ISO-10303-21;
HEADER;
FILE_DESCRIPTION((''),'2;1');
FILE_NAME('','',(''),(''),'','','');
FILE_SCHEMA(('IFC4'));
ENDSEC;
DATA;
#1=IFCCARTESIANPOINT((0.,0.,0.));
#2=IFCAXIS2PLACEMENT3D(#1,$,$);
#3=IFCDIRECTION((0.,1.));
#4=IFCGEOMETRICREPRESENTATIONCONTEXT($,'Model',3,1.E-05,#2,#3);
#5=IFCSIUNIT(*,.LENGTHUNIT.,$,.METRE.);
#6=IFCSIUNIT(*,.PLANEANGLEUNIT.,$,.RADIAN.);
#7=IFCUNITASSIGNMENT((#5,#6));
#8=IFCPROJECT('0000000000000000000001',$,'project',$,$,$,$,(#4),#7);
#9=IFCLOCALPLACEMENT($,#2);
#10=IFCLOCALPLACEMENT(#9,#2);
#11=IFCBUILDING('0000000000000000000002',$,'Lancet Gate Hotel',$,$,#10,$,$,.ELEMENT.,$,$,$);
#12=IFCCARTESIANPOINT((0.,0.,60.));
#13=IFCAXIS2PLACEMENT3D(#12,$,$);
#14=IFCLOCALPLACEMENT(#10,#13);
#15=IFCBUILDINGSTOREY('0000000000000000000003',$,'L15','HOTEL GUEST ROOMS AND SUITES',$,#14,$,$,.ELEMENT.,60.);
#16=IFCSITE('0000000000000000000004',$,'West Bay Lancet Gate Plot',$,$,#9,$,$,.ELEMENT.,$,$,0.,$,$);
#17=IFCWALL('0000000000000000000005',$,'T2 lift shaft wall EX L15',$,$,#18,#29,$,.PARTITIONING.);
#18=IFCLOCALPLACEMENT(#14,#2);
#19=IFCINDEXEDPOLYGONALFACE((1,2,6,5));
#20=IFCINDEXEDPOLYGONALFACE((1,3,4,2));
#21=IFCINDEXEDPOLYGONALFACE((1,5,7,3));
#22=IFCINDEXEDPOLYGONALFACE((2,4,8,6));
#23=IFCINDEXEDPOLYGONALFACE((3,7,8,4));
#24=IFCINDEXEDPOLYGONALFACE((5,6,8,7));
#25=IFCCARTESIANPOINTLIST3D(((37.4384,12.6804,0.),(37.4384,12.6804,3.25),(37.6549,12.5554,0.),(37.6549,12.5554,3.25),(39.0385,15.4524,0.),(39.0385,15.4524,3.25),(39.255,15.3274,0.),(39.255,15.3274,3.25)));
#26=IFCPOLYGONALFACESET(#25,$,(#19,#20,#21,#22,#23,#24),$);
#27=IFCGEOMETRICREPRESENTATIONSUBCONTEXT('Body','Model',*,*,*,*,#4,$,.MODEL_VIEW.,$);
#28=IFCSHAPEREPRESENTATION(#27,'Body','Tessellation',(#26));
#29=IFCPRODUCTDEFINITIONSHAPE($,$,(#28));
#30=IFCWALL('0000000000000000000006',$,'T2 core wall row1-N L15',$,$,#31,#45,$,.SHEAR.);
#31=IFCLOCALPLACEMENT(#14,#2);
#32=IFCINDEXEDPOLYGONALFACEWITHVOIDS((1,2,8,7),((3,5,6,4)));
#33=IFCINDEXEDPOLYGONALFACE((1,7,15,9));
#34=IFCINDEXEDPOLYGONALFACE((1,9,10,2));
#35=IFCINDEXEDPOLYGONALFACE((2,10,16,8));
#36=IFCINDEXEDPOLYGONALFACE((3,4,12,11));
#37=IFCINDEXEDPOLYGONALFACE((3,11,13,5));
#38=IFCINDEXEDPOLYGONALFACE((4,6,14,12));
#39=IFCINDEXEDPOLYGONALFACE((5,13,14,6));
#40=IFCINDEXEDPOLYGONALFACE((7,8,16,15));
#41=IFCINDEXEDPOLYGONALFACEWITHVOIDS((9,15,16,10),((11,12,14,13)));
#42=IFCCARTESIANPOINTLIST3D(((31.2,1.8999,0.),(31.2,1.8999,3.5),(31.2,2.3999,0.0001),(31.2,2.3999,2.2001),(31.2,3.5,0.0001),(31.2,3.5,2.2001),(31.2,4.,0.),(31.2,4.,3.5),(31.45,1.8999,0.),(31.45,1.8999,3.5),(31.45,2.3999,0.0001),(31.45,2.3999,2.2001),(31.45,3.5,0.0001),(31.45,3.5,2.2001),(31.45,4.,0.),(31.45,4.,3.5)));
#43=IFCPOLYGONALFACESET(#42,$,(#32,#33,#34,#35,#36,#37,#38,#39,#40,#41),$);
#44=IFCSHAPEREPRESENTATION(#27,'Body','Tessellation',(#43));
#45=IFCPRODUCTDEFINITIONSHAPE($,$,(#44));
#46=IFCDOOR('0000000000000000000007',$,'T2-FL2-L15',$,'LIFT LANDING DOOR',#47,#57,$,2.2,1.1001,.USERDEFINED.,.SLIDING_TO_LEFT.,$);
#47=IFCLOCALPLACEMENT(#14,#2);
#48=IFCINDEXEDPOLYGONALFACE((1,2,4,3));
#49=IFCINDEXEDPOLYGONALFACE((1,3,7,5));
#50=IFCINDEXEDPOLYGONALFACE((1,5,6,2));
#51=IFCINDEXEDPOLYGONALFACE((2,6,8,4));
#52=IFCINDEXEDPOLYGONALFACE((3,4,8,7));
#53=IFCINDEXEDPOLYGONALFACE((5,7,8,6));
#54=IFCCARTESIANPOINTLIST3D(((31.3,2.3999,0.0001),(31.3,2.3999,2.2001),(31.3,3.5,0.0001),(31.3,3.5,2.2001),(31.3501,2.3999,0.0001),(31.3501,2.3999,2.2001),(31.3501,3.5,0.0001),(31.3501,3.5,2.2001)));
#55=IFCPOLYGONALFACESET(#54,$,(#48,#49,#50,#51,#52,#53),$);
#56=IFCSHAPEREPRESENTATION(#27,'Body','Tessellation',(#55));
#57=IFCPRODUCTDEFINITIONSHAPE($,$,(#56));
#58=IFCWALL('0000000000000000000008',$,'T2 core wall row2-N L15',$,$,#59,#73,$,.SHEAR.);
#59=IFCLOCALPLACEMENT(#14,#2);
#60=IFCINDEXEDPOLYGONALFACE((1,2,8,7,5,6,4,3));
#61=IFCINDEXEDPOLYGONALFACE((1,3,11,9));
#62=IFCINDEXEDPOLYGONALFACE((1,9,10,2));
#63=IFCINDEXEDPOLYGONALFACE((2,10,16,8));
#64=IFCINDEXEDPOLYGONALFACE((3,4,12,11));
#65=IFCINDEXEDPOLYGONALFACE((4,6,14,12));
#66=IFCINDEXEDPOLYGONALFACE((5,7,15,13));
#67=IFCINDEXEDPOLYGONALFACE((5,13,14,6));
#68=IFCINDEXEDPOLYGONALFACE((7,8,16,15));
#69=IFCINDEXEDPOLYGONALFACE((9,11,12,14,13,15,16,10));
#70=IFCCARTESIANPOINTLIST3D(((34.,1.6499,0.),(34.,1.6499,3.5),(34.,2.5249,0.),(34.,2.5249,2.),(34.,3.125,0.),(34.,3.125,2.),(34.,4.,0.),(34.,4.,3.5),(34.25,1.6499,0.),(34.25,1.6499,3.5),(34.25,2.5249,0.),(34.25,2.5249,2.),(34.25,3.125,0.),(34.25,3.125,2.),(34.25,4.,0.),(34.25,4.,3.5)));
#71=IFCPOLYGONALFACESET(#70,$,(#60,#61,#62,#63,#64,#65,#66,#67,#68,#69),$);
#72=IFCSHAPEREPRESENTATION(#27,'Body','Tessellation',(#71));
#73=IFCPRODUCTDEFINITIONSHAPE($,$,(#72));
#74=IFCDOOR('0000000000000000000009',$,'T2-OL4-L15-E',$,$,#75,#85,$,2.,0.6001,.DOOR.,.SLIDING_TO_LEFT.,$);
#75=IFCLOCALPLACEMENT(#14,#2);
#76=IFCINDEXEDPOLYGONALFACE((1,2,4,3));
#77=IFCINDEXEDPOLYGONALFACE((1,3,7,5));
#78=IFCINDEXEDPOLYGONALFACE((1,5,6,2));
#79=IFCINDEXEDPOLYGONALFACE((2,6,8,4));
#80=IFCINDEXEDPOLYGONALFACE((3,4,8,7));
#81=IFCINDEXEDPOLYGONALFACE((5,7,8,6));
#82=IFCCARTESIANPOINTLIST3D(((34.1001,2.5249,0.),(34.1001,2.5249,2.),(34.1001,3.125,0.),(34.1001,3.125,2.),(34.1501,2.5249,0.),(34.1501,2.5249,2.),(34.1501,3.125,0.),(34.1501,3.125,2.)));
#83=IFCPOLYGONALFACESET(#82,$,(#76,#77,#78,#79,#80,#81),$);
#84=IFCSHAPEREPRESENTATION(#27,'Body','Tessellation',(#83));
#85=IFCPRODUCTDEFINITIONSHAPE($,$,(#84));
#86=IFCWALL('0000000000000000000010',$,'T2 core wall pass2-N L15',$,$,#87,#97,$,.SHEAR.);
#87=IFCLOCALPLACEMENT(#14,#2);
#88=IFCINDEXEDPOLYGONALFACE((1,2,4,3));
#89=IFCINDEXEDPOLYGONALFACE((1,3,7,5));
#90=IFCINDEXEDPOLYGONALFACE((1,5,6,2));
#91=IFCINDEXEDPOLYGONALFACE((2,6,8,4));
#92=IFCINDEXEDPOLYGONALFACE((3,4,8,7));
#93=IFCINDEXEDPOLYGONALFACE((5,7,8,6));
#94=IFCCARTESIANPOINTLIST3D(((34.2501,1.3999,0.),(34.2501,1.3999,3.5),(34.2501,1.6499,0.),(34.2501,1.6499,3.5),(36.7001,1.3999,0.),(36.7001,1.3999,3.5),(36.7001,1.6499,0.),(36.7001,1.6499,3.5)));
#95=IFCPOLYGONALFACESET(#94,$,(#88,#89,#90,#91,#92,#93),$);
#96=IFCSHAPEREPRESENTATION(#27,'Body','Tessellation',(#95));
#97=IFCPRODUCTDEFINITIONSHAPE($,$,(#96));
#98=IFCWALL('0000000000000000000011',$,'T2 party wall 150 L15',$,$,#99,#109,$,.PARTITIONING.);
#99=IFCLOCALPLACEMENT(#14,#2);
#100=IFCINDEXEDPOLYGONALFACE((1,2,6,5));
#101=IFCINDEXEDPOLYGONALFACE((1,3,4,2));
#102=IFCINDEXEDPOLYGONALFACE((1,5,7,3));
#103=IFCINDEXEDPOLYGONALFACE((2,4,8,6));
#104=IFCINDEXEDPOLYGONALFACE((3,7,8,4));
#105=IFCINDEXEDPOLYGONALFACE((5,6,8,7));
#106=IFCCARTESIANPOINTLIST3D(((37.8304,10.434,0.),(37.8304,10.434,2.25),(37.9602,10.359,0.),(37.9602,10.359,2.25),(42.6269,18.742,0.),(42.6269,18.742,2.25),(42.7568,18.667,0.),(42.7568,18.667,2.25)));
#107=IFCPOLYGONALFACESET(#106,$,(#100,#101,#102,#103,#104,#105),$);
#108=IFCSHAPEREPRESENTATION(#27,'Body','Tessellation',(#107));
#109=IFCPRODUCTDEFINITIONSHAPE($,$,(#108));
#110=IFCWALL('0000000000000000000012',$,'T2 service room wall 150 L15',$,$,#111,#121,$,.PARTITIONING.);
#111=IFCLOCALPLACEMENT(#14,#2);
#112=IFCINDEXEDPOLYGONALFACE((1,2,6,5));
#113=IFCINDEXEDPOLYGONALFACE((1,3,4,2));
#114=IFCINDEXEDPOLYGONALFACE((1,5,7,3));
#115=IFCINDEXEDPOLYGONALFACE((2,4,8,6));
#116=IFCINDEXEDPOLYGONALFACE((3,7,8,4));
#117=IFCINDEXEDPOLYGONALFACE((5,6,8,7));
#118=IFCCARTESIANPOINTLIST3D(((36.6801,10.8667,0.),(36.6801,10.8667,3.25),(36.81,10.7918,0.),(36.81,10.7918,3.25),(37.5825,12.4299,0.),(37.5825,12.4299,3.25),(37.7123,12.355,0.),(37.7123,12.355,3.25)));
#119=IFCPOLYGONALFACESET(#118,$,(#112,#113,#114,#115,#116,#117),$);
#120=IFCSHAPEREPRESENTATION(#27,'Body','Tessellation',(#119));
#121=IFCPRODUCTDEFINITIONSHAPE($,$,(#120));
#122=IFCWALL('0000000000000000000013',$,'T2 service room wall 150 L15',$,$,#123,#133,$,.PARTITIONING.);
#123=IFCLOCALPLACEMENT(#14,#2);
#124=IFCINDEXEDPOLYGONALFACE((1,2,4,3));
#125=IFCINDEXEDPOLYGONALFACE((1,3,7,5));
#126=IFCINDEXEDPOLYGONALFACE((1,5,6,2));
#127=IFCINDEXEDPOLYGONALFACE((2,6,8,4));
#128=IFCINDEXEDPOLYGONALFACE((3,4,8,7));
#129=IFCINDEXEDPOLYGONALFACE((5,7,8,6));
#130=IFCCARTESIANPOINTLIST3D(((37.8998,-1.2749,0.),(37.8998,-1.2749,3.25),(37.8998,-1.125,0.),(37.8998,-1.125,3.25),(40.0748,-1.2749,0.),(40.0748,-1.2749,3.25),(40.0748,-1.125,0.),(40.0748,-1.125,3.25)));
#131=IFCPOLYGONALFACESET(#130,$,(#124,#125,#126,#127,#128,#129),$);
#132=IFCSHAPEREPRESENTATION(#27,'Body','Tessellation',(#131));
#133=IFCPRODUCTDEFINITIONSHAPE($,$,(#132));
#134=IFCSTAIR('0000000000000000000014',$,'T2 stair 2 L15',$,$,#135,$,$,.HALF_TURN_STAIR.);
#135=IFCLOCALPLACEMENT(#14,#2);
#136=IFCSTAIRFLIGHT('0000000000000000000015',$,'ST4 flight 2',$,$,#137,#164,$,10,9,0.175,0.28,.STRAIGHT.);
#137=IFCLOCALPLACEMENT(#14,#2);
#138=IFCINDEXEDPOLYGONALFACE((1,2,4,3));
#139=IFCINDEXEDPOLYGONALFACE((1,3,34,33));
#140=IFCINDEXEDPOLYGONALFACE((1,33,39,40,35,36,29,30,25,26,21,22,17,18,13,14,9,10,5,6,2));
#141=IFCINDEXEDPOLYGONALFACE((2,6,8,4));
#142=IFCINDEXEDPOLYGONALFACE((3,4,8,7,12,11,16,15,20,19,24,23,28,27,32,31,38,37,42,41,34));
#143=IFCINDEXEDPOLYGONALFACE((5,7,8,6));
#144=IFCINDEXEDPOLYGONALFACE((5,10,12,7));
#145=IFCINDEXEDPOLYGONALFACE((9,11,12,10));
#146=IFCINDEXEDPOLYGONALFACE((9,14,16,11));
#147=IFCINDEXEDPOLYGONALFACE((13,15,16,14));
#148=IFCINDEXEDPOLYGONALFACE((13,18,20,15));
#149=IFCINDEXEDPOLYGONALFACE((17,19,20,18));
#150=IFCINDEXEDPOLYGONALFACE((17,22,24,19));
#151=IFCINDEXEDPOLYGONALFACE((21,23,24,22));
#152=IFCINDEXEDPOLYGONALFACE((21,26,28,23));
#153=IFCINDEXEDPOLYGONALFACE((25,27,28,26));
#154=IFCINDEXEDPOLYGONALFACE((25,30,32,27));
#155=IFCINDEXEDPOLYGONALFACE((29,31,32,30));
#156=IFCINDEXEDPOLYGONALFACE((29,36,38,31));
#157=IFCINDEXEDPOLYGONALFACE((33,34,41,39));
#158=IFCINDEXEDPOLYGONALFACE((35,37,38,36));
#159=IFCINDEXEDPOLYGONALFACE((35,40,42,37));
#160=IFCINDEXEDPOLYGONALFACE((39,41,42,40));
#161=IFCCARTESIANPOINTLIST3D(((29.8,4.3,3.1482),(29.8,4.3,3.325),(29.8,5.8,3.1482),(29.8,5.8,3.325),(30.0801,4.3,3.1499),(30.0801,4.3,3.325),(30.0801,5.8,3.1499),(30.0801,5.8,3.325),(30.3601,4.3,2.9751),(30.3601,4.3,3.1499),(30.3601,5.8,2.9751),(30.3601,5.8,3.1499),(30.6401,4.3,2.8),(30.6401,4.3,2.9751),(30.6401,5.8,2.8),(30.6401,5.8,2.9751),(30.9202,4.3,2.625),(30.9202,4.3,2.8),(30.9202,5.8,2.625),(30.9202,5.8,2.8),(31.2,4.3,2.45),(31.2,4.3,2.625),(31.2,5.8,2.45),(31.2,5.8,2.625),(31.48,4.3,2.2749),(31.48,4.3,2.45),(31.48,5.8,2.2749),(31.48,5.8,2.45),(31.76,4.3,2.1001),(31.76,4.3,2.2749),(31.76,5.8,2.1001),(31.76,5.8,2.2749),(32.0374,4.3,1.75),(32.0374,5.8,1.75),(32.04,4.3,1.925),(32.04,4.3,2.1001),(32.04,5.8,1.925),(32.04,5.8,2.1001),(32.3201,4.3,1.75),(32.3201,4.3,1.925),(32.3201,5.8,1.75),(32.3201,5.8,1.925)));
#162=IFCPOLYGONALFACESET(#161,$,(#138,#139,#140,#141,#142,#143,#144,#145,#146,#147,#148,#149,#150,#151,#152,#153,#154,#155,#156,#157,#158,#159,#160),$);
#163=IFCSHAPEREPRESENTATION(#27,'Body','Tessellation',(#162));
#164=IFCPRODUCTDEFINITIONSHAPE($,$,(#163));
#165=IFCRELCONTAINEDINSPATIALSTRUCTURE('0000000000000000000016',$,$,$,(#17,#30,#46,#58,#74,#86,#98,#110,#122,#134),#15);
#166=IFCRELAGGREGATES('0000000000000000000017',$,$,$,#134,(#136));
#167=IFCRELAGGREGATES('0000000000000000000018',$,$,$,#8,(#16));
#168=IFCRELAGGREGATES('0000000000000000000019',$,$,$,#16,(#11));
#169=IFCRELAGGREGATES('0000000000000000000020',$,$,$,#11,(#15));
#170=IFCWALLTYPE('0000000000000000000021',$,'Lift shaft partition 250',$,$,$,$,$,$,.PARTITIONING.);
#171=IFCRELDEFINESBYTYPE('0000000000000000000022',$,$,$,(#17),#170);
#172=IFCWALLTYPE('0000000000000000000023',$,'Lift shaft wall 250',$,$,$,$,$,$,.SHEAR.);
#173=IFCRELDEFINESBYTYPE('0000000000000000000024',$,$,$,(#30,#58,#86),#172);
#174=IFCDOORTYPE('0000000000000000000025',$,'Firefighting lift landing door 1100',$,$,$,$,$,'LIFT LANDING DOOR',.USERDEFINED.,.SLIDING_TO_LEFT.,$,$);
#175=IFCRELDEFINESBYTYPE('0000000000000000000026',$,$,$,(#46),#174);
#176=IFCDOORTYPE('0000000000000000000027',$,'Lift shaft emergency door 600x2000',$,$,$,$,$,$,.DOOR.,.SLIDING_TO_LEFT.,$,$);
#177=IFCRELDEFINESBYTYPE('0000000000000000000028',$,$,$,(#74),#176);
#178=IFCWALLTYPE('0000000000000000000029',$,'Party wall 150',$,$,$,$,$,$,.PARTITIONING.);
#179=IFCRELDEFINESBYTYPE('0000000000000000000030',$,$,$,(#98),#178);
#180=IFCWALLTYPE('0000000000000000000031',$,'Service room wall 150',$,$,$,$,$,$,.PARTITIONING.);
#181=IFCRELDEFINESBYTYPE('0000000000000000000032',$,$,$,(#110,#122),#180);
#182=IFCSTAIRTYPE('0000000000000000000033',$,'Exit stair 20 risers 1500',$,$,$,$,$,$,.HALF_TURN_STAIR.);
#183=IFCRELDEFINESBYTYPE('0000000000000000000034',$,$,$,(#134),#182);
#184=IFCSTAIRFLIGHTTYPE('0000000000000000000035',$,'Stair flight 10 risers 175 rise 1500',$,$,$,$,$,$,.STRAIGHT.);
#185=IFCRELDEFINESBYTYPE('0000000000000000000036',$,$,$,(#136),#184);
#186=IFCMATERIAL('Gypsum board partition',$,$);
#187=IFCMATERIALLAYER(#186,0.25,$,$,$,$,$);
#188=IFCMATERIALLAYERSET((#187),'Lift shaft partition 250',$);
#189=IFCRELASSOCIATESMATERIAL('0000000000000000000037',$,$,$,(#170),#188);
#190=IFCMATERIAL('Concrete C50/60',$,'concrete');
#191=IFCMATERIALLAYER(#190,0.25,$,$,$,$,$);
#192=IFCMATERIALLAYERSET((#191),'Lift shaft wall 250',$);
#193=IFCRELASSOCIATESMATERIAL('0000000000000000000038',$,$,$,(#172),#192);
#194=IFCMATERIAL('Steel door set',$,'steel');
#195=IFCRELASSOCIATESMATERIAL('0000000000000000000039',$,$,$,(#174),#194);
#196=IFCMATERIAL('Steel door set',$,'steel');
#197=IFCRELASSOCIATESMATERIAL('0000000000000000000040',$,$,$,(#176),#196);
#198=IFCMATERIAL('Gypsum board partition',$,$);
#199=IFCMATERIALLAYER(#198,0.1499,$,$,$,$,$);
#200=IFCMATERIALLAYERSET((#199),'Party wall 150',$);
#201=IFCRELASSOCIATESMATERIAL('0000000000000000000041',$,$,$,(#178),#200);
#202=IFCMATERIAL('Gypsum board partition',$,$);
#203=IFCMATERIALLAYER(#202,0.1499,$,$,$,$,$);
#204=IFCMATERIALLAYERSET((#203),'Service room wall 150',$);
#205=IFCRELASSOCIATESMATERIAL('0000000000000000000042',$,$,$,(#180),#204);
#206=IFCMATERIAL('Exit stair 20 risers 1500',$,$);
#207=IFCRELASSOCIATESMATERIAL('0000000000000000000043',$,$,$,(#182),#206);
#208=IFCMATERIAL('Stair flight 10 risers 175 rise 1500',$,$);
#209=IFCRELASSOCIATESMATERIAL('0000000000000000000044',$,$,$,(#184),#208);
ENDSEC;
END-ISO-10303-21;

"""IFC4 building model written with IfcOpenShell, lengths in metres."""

from ifc_helpers import new_model, si_unit, direction, frame, frame_2d, origin, place, context, subcontext, project, spatial, polyline, rectangle, outline, extrude, material, layer, layer_set, type_object, element, fill, aggregate, save


model = new_model("IFC4")

# Units and contexts
model_context = context("Model", 3, precision=1e-05, world=origin(), true_north=direction((0.0, 1.0)))
body_context = subcontext(model_context, "Body", "Model", "MODEL_VIEW")
ifc_project = project(units=[si_unit("LENGTHUNIT", "METRE"), si_unit("PLANEANGLEUNIT", "RADIAN")], contexts=[model_context])

# Site, building, storey
site_placement = place(None, origin())
site = spatial("IfcSite", under=ifc_project, at=site_placement, Name="West Bay Lancet Gate Plot", CompositionType="ELEMENT", RefElevation=0.0)
building_placement = place(site_placement, origin())
building = spatial("IfcBuilding", under=site, at=building_placement, Name="Lancet Gate Hotel", CompositionType="ELEMENT")
storey_placement = place(building_placement, frame((0.0, 0.0, 60.0)))
storey = spatial("IfcBuildingStorey", under=building, at=storey_placement, Name="L15", Description="HOTEL GUEST ROOMS AND SUITES", CompositionType="ELEMENT", Elevation=60.0)

# Wall
ifc_material_1 = material(Name="Gypsum board partition")
ifc_layer_1 = layer(ifc_material_1, 0.25)
ifc_layer_set_1 = layer_set([ifc_layer_1], Name="Lift shaft partition 250")
wall_type_1 = type_object("IfcWallType", Name="Lift shaft partition 250", PredefinedType="PARTITIONING", material=ifc_layer_set_1)
wall_1_placement = place(storey_placement, frame((37.5466, 12.6179, 0.0), z_axis=(0.0, 0.0, 1.0), x_axis=(0.499929, 0.866066, 0.0)))
element("IfcWall", 1, at=wall_1_placement, inside=storey, type_object=wall_type_1, Name="T2 lift shaft wall EX L15", PredefinedType="PARTITIONING", context=body_context, shape_type="SweptSolid", body=[
    extrude(rectangle(XDim=3.2007, YDim=0.25, at=frame_2d((1.6003, 0.0))), origin(), (0.0, 0.0, 1.0), 3.25),
])

# Walls, openings, doors
ifc_material_2 = material(Name="Concrete C50/60", Category="concrete")
ifc_layer_2 = layer(ifc_material_2, 0.25)
ifc_layer_set_2 = layer_set([ifc_layer_2], Name="Lift shaft wall 250")
wall_type_2 = type_object("IfcWallType", Name="Lift shaft wall 250", PredefinedType="SHEAR", material=ifc_layer_set_2)
wall_2_placement = place(storey_placement, frame((31.325, 1.8999, 0.0), z_axis=(0.0, 0.0, 1.0), x_axis=(0.0, 1.0, 0.0)))
wall_2 = element("IfcWall", 2, at=wall_2_placement, inside=storey, type_object=wall_type_2, Name="T2 core wall row1-N L15", PredefinedType="SHEAR", context=body_context, shape_type="SweptSolid", body=[
    extrude(rectangle(XDim=2.1001, YDim=0.25, at=frame_2d((1.05, 0.0))), origin(), (0.0, 0.0, 1.0), 3.5),
])
opening_1_placement = place(wall_2_placement, frame((0.5, 0.0, 0.0)))
opening_1 = element("IfcOpeningElement", 3, at=opening_1_placement, cuts=wall_2, PredefinedType="OPENING", context=body_context, shape_type="SweptSolid", body=[
    extrude(rectangle(XDim=1.1001, YDim=2.2, at=frame_2d((0.55, 1.1001))), frame((0.0, 0.135, 0.0), z_axis=(0.0, -1.0, 0.0), x_axis=(1.0, 0.0, 0.0)), (0.0, 0.0, 1.0), 0.27),
])
ifc_material_3 = material(Name="Steel door set", Category="steel")
door_type_1 = type_object("IfcDoorType", Name="Firefighting lift landing door 1100", ElementType="LIFT LANDING DOOR", OperationType="SLIDING_TO_LEFT", PredefinedType="USERDEFINED", material=ifc_material_3)
door_1_placement = place(opening_1_placement, origin())
door_1 = element("IfcDoor", 4, at=door_1_placement, inside=storey, type_object=door_type_1, Name="T2-FL2-L15", ObjectType="LIFT LANDING DOOR", OperationType="SLIDING_TO_LEFT", OverallHeight=2.2, OverallWidth=1.1001, PredefinedType="USERDEFINED", context=body_context, shape_type="SweptSolid", body=[
    extrude(rectangle(XDim=1.1001, YDim=2.2, at=frame_2d((0.55, 1.1001))), frame((0.0, 0.0249, 0.0), z_axis=(0.0, -1.0, 0.0), x_axis=(1.0, 0.0, 0.0)), (0.0, 0.0, 1.0), 0.05),
])
fill(opening_1, door_1)
wall_3_placement = place(storey_placement, frame((34.125, 1.6499, 0.0), z_axis=(0.0, 0.0, 1.0), x_axis=(0.0, 1.0, 0.0)))
wall_3 = element("IfcWall", 5, at=wall_3_placement, inside=storey, type_object=wall_type_2, Name="T2 core wall row2-N L15", PredefinedType="SHEAR", context=body_context, shape_type="SweptSolid", body=[
    extrude(rectangle(XDim=2.3501, YDim=0.25, at=frame_2d((1.175, 0.0))), origin(), (0.0, 0.0, 1.0), 3.5),
])
opening_2_placement = place(wall_3_placement, frame((0.875, 0.0, 0.0)))
opening_2 = element("IfcOpeningElement", 6, at=opening_2_placement, cuts=wall_3, PredefinedType="OPENING", context=body_context, shape_type="SweptSolid", body=[
    extrude(rectangle(XDim=0.6001, YDim=2.0, at=frame_2d((0.3, 1.0))), frame((0.0, 0.135, 0.0), z_axis=(0.0, -1.0, 0.0), x_axis=(1.0, 0.0, 0.0)), (0.0, 0.0, 1.0), 0.27),
])
ifc_material_4 = material(Name="Steel door set", Category="steel")
door_type_2 = type_object("IfcDoorType", Name="Lift shaft emergency door 600x2000", OperationType="SLIDING_TO_LEFT", PredefinedType="DOOR", material=ifc_material_4)
door_2_placement = place(opening_2_placement, origin())
door_2 = element("IfcDoor", 7, at=door_2_placement, inside=storey, type_object=door_type_2, Name="T2-OL4-L15-E", OperationType="SLIDING_TO_LEFT", OverallHeight=2.0, OverallWidth=0.6001, PredefinedType="DOOR", context=body_context, shape_type="SweptSolid", body=[
    extrude(rectangle(XDim=0.6001, YDim=2.0, at=frame_2d((0.3, 1.0))), frame((0.0, 0.0249, 0.0), z_axis=(0.0, -1.0, 0.0), x_axis=(1.0, 0.0, 0.0)), (0.0, 0.0, 1.0), 0.05),
])
fill(opening_2, door_2)

# Walls
wall_4_placement = place(storey_placement, frame((34.25, 1.5249, 0.0), z_axis=(0.0, 0.0, 1.0), x_axis=(1.0, 0.0, 0.0)))
element("IfcWall", 8, at=wall_4_placement, inside=storey, type_object=wall_type_2, Name="T2 core wall pass2-N L15", PredefinedType="SHEAR", context=body_context, shape_type="SweptSolid", body=[
    extrude(rectangle(XDim=2.45, YDim=0.25, at=frame_2d((1.2251, 0.0))), origin(), (0.0, 0.0, 1.0), 3.5),
])
ifc_material_5 = material(Name="Gypsum board partition")
ifc_layer_3 = layer(ifc_material_5, 0.1499)
ifc_layer_set_3 = layer_set([ifc_layer_3], Name="Party wall 150")
wall_type_3 = type_object("IfcWallType", Name="Party wall 150", PredefinedType="PARTITIONING", material=ifc_layer_set_3)
wall_5_placement = place(storey_placement, frame((37.8953, 10.3965, 0.0), z_axis=(0.0, 0.0, 1.0), x_axis=(0.499996, 0.866028, 0.0)))
element("IfcWall", 9, at=wall_5_placement, inside=storey, type_object=wall_type_3, Name="T2 party wall 150 L15", PredefinedType="PARTITIONING", context=body_context, shape_type="SweptSolid", body=[
    extrude(rectangle(XDim=9.5933, YDim=0.1499, at=frame_2d((4.7966, 0.0))), origin(), (0.0, 0.0, 1.0), 2.25),
])
ifc_material_6 = material(Name="Gypsum board partition")
ifc_layer_4 = layer(ifc_material_6, 0.1499)
ifc_layer_set_4 = layer_set([ifc_layer_4], Name="Service room wall 150")
wall_type_4 = type_object("IfcWallType", Name="Service room wall 150", PredefinedType="PARTITIONING", material=ifc_layer_set_4)
wall_6_placement = place(storey_placement, frame((36.7451, 10.8293, 0.0), z_axis=(0.0, 0.0, 1.0), x_axis=(0.499922, 0.866071, 0.0)))
element("IfcWall", 10, at=wall_6_placement, inside=storey, type_object=wall_type_4, Name="T2 service room wall 150 L15", PredefinedType="PARTITIONING", context=body_context, shape_type="SweptSolid", body=[
    extrude(rectangle(XDim=1.8049, YDim=0.1499, at=frame_2d((0.9023, 0.0))), origin(), (0.0, 0.0, 1.0), 3.25),
])
wall_7_placement = place(storey_placement, frame((37.8999, -1.2, 0.0), z_axis=(0.0, 0.0, 1.0), x_axis=(1.0, 0.0, 0.0)))
element("IfcWall", 11, at=wall_7_placement, inside=storey, type_object=wall_type_4, Name="T2 service room wall 150 L15", PredefinedType="PARTITIONING", context=body_context, shape_type="SweptSolid", body=[
    extrude(rectangle(XDim=2.175, YDim=0.1499, at=frame_2d((1.0874, 0.0))), origin(), (0.0, 0.0, 1.0), 3.25),
])

# Stair, stair flight
ifc_material_7 = material(Name="Exit stair 20 risers 1500")
stair_type = type_object("IfcStairType", Name="Exit stair 20 risers 1500", PredefinedType="HALF_TURN_STAIR", material=ifc_material_7)
stair_placement = place(storey_placement, origin())
stair = element("IfcStair", 12, at=stair_placement, inside=storey, type_object=stair_type, Name="T2 stair 2 L15", PredefinedType="HALF_TURN_STAIR")
ifc_material_8 = material(Name="Stair flight 10 risers 175 rise 1500")
stair_flight_type = type_object("IfcStairFlightType", Name="Stair flight 10 risers 175 rise 1500", PredefinedType="STRAIGHT", material=ifc_material_8)
stair_flight_placement = place(storey_placement, frame((32.3201, 5.05, 1.75), z_axis=(0.0, 0.0, 1.0), x_axis=(-1.0, 0.0, 0.0)))
stair_flight = element("IfcStairFlight", 13, at=stair_flight_placement, type_object=stair_flight_type, Name="ST4 flight 2", NumberOfRisers=10, NumberOfTreads=9, PredefinedType="STRAIGHT", RiserHeight=0.175, TreadLength=0.28, context=body_context, shape_type="SweptSolid", body=[
    extrude(outline(polyline([(0.0, 0.0), (0.0, 0.175), (0.28, 0.175), (0.28, 0.3501), (0.5601, 0.3501), (0.5601, 0.5249), (0.8401, 0.5249), (0.8401, 0.7), (1.1201, 0.7), (1.1201, 0.875), (1.3999, 0.875), (1.3999, 1.05), (1.6799, 1.05), (1.6799, 1.2251), (1.96, 1.2251), (1.96, 1.3999), (2.24, 1.3999), (2.24, 1.575), (2.52, 1.575), (2.52, 1.75), (2.52, 1.3982), (0.2827, 0.0), (0.0, 0.0)])), frame((0.0, 0.75, 0.0), z_axis=(0.0, -1.0, 0.0), x_axis=(1.0, 0.0, 0.0)), (0.0, 0.0, 1.0), 1.5),
])
aggregate(stair, [stair_flight])

save(model, "model.ifc")
